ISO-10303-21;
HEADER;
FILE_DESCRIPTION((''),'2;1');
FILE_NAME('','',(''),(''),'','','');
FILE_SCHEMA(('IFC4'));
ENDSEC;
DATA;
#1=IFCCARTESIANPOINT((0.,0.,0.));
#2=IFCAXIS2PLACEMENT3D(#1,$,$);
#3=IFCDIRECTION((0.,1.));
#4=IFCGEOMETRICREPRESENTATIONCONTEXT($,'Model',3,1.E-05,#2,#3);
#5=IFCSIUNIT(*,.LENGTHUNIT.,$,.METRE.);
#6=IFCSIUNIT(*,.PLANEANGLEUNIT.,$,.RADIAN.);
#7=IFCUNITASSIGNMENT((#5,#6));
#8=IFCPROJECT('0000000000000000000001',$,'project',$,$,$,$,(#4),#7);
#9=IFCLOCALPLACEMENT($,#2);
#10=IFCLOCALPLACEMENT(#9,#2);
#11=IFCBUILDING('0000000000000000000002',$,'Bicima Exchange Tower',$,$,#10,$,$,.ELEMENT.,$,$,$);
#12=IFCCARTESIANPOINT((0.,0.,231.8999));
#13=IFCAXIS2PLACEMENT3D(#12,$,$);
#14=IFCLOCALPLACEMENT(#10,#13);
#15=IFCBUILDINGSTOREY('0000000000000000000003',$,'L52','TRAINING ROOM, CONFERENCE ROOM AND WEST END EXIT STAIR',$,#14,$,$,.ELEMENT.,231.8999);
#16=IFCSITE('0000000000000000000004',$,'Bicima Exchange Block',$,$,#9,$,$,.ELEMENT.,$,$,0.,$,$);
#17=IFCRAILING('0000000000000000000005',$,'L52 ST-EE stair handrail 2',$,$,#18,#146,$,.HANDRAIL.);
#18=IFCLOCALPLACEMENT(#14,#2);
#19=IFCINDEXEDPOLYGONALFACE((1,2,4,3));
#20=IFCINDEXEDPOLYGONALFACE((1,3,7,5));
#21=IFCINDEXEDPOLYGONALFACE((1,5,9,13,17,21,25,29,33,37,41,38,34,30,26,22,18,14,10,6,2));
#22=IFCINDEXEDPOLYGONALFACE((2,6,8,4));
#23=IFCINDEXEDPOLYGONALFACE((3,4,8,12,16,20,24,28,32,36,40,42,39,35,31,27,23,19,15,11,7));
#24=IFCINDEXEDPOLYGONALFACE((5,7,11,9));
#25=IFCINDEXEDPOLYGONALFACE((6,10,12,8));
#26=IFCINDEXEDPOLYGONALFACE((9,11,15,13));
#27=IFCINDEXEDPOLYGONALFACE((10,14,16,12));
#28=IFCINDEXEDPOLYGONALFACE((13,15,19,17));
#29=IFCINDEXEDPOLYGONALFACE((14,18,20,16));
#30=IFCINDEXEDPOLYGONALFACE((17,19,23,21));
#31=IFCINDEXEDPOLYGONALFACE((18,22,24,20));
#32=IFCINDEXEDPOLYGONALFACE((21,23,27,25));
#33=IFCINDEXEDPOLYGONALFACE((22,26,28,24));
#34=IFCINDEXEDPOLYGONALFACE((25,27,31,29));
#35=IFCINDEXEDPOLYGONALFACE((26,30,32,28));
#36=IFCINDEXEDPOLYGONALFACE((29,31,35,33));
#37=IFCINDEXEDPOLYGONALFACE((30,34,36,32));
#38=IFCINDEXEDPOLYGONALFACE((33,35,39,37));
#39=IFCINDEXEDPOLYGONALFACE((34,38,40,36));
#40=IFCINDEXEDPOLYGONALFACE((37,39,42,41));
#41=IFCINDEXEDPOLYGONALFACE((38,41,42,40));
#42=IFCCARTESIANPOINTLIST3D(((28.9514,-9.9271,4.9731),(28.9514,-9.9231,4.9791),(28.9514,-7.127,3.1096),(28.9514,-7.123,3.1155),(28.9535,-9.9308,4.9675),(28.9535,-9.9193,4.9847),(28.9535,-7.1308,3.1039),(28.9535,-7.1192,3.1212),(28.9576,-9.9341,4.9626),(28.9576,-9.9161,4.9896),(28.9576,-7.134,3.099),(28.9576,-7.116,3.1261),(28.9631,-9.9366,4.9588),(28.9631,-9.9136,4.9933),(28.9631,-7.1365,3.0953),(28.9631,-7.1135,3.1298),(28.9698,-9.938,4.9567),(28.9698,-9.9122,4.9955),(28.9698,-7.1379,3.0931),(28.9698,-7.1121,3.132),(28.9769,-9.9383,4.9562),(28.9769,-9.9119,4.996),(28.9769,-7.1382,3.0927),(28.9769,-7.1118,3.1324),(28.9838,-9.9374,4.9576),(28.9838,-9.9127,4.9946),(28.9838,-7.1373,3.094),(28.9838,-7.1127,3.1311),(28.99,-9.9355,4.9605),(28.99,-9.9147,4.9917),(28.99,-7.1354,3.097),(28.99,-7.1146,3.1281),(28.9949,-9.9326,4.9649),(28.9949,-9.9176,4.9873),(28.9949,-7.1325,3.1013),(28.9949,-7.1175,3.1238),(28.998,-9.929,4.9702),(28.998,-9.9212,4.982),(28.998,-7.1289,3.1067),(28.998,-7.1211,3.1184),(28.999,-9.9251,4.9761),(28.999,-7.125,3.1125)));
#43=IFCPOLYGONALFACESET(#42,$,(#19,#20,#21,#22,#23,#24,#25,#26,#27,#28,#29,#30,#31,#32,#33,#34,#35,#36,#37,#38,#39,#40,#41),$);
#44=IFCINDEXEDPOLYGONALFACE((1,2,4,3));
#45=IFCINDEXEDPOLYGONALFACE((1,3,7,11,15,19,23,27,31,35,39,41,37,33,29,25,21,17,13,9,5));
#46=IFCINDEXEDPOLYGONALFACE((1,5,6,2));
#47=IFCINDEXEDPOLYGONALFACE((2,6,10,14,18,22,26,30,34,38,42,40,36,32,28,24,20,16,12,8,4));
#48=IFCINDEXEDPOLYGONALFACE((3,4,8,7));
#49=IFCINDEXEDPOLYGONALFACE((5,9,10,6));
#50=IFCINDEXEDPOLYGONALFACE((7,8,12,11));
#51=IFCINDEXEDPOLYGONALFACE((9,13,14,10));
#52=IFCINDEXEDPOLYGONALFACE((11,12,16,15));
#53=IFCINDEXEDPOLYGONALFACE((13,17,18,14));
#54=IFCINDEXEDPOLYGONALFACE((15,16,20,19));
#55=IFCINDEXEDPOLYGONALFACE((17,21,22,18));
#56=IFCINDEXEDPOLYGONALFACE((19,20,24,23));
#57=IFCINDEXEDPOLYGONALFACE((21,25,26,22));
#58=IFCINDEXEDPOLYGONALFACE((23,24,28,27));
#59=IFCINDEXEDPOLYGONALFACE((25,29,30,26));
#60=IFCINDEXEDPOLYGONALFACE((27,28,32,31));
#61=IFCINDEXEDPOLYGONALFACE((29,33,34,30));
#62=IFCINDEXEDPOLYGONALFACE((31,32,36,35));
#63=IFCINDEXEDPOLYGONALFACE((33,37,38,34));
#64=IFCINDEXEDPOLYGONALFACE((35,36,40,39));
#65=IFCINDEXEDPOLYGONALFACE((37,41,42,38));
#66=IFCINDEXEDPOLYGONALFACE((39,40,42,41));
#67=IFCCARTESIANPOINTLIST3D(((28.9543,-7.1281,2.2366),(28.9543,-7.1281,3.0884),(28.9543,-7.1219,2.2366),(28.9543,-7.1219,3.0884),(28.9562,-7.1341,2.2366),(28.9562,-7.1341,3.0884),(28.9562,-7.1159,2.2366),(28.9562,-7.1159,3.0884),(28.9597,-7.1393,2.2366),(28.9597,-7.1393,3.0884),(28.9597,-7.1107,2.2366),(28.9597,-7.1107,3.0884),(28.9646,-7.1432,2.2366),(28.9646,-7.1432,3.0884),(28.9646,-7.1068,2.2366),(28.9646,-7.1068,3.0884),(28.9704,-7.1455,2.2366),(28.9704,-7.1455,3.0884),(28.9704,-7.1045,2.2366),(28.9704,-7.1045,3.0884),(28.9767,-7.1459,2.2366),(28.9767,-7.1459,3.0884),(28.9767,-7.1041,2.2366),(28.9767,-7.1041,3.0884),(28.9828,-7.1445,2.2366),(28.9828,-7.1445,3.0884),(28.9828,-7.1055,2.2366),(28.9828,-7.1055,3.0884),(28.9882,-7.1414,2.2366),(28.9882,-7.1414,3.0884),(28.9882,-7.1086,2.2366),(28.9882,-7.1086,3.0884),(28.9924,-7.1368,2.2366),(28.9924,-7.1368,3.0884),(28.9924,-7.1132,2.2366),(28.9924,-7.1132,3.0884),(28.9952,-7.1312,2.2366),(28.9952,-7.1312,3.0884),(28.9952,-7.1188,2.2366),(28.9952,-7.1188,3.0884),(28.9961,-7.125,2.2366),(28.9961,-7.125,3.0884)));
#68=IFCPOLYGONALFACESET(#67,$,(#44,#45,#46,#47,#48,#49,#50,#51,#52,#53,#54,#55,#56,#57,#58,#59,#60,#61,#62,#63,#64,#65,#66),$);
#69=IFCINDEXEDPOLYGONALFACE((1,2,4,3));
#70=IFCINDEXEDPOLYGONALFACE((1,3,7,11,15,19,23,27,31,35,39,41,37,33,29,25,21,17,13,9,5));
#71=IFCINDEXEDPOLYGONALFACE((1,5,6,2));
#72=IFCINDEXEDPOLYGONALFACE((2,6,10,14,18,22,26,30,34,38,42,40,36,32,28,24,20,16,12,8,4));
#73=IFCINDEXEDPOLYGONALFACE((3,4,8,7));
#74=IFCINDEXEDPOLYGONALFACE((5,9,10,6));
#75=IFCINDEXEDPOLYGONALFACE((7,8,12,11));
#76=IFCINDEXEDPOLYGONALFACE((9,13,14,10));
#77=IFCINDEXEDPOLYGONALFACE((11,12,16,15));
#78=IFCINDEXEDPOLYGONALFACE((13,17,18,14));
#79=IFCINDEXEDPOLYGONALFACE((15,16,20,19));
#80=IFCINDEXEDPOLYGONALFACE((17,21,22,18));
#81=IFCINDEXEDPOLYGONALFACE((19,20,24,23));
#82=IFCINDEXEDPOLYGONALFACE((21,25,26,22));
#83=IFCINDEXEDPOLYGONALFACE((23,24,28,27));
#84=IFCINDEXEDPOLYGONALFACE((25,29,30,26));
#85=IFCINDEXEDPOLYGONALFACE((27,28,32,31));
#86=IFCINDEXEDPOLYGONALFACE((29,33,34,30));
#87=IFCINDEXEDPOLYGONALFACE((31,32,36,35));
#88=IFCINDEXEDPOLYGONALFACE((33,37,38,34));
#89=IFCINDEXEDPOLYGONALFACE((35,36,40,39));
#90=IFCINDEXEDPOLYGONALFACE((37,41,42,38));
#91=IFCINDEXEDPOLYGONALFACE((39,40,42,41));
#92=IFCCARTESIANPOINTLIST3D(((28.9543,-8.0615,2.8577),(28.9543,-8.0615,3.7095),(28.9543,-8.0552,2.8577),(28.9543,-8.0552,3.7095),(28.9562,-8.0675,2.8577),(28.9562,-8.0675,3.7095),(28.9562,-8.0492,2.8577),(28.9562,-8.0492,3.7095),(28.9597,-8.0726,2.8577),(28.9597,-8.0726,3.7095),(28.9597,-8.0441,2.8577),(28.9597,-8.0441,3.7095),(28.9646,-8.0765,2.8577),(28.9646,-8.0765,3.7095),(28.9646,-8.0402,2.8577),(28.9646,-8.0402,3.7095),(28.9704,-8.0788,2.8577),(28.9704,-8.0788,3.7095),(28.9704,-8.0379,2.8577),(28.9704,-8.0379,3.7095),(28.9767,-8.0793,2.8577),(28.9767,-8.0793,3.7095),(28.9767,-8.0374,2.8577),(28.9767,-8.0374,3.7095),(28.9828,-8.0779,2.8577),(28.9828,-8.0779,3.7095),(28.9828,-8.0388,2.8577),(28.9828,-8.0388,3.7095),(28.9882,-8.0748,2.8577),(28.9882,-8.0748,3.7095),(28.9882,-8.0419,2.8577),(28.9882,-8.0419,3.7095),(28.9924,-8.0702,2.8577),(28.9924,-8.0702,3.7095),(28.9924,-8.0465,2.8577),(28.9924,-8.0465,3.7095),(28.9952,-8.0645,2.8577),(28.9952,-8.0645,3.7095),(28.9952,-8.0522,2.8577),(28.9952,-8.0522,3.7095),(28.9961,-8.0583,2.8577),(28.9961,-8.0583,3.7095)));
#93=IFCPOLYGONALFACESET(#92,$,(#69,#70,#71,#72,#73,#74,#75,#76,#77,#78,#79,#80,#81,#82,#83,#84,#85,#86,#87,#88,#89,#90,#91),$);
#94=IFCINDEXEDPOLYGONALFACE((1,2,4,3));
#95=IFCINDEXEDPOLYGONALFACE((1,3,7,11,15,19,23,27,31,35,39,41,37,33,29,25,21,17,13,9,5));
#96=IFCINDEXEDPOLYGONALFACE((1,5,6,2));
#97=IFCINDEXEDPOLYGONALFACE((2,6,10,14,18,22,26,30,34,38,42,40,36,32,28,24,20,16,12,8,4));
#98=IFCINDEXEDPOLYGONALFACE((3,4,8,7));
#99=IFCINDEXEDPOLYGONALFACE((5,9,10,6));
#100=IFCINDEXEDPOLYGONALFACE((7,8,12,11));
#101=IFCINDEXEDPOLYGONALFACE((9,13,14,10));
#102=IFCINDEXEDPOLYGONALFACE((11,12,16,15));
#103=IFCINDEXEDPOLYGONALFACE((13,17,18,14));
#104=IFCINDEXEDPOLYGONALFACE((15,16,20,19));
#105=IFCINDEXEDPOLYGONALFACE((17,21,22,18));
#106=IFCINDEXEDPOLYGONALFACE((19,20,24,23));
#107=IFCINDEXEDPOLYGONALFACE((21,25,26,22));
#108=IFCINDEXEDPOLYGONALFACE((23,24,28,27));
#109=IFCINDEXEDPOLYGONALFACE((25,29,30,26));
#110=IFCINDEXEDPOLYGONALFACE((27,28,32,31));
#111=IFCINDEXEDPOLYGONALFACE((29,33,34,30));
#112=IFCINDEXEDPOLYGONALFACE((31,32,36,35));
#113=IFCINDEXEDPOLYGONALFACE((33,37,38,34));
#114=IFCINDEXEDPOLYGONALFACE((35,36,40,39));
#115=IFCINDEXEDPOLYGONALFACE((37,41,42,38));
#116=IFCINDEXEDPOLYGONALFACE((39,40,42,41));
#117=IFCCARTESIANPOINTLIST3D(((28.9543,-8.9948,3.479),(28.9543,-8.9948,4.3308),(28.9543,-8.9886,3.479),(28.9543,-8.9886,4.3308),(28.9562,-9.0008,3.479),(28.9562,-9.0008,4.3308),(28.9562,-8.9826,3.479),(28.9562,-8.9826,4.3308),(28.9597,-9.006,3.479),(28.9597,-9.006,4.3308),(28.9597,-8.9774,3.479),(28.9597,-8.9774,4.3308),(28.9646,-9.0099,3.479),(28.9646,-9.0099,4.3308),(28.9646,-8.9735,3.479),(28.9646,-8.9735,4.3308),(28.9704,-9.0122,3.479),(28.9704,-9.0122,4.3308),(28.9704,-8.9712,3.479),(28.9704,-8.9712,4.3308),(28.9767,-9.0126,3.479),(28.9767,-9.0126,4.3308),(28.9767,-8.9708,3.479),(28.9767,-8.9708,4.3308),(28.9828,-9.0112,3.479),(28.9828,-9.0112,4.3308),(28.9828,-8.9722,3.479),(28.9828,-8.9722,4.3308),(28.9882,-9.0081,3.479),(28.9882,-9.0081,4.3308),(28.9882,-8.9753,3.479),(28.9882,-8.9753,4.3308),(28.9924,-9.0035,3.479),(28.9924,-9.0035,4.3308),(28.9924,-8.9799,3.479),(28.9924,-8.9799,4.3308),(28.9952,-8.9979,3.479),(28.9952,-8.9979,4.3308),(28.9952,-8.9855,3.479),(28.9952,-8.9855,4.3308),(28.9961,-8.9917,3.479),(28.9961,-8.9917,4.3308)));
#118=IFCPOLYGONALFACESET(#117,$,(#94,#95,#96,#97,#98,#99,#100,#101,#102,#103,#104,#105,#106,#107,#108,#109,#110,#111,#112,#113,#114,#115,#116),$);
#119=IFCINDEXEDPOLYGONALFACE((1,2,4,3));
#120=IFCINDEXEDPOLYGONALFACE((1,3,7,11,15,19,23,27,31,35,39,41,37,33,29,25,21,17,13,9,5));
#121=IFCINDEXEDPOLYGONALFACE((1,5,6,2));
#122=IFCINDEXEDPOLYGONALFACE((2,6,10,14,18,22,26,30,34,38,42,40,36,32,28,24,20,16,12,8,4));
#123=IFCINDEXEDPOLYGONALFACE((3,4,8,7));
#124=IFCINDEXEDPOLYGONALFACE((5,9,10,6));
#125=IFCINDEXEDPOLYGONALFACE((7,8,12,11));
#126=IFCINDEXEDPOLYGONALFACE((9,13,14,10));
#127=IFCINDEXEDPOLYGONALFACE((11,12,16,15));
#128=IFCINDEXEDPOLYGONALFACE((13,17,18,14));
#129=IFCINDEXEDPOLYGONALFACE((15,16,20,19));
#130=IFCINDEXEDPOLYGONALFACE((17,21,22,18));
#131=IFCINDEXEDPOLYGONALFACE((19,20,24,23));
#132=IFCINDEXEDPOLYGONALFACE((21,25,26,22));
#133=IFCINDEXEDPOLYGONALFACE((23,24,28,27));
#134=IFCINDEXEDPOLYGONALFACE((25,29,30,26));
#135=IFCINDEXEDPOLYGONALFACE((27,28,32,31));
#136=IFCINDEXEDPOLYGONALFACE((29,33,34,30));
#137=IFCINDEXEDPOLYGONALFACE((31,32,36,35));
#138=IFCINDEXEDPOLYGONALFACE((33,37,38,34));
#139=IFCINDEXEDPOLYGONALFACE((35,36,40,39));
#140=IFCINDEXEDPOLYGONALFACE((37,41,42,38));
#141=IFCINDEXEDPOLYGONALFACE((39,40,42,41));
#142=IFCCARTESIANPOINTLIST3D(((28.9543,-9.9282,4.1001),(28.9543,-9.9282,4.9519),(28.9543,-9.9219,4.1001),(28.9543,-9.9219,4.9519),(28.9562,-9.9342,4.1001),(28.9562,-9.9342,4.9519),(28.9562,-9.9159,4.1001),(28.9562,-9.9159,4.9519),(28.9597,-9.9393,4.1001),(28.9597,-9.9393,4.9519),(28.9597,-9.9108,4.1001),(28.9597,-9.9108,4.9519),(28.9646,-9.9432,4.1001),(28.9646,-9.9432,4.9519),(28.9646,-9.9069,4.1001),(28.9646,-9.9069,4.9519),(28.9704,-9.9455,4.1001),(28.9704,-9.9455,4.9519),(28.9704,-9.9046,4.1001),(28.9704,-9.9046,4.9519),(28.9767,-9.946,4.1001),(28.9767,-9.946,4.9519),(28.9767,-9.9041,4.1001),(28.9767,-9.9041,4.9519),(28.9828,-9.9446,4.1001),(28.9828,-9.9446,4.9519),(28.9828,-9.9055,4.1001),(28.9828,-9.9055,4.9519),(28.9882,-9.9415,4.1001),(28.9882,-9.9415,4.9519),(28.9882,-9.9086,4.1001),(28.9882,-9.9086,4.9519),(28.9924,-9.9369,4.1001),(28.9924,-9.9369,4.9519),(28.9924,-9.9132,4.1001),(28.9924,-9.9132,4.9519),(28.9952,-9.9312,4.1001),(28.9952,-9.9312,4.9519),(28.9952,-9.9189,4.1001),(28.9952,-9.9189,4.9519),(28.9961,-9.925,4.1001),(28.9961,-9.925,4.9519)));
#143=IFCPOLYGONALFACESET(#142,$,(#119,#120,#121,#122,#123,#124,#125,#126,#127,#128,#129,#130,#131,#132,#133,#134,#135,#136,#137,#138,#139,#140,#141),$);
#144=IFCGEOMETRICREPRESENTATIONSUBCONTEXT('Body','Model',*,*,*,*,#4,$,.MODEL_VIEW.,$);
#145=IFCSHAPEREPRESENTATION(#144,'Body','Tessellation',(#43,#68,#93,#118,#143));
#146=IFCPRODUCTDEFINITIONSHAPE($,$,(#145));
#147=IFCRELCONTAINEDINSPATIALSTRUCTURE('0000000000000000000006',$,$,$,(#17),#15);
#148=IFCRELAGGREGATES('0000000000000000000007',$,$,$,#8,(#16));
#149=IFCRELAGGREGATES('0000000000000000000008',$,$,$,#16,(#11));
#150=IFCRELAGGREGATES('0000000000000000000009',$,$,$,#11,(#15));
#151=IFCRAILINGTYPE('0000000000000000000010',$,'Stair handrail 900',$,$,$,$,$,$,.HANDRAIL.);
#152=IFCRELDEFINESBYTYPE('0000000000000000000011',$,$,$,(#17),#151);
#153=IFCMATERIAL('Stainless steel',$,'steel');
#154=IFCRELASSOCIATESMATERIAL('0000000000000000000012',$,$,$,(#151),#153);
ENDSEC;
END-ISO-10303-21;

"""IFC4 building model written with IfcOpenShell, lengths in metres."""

from ifc_helpers import new_model, si_unit, direction, frame, origin, origin_2d, place, context, subcontext, project, spatial, circle, extrude, material, type_object, element, save


model = new_model("IFC4")

# Units and contexts
model_context = context("Model", 3, precision=1e-05, world=origin(), true_north=direction((0.0, 1.0)))
body_context = subcontext(model_context, "Body", "Model", "MODEL_VIEW")
ifc_project = project(units=[si_unit("LENGTHUNIT", "METRE"), si_unit("PLANEANGLEUNIT", "RADIAN")], contexts=[model_context])

# Site, building, storey
site_placement = place(None, origin())
site = spatial("IfcSite", under=ifc_project, at=site_placement, Name="Bicima Exchange Block", CompositionType="ELEMENT", RefElevation=0.0)
building_placement = place(site_placement, origin())
building = spatial("IfcBuilding", under=site, at=building_placement, Name="Bicima Exchange Tower", CompositionType="ELEMENT")
storey_placement = place(building_placement, frame((0.0, 0.0, 231.8999)))
storey = spatial("IfcBuildingStorey", under=building, at=storey_placement, Name="L52", Description="TRAINING ROOM, CONFERENCE ROOM AND WEST END EXIT STAIR", CompositionType="ELEMENT", Elevation=231.8999)

# Railing
ifc_material_1 = material(Name="Stainless steel", Category="steel")
railing_type_1 = type_object("IfcRailingType", Name="Stair handrail 900", PredefinedType="HANDRAIL", material=ifc_material_1)
for number, where, name in (
    (1, (28.9751, -7.125, 2.2366), "L52 ST-EE stair handrail 2"),
):
    element("IfcRailing", number, at=place(storey_placement, frame(where)), inside=storey, type_object=railing_type_1, Name=name, PredefinedType="HANDRAIL", context=body_context, shape_type="SweptSolid", body=[
        extrude(circle(Radius=0.0239, at=origin_2d()), frame((0.0, 0.0, 0.876), z_axis=(0.0, -0.832486, 0.554047), x_axis=(1.0, 0.0, 0.0)), (0.0, 0.0, 1.0), 3.3635),
        extrude(circle(Radius=0.021, at=origin_2d()), origin(), (0.0, 0.0, 1.0), 0.8518),
        extrude(circle(Radius=0.021, at=origin_2d()), frame((0.0, -0.9333, 0.6211)), (0.0, 0.0, 1.0), 0.8518),
        extrude(circle(Radius=0.021, at=origin_2d()), frame((0.0, -1.8667, 1.2424)), (0.0, 0.0, 1.0), 0.8518),
        extrude(circle(Radius=0.021, at=origin_2d()), frame((0.0, -2.8, 1.8635)), (0.0, 0.0, 1.0), 0.8518),
    ])

save(model, "model.ifc")
